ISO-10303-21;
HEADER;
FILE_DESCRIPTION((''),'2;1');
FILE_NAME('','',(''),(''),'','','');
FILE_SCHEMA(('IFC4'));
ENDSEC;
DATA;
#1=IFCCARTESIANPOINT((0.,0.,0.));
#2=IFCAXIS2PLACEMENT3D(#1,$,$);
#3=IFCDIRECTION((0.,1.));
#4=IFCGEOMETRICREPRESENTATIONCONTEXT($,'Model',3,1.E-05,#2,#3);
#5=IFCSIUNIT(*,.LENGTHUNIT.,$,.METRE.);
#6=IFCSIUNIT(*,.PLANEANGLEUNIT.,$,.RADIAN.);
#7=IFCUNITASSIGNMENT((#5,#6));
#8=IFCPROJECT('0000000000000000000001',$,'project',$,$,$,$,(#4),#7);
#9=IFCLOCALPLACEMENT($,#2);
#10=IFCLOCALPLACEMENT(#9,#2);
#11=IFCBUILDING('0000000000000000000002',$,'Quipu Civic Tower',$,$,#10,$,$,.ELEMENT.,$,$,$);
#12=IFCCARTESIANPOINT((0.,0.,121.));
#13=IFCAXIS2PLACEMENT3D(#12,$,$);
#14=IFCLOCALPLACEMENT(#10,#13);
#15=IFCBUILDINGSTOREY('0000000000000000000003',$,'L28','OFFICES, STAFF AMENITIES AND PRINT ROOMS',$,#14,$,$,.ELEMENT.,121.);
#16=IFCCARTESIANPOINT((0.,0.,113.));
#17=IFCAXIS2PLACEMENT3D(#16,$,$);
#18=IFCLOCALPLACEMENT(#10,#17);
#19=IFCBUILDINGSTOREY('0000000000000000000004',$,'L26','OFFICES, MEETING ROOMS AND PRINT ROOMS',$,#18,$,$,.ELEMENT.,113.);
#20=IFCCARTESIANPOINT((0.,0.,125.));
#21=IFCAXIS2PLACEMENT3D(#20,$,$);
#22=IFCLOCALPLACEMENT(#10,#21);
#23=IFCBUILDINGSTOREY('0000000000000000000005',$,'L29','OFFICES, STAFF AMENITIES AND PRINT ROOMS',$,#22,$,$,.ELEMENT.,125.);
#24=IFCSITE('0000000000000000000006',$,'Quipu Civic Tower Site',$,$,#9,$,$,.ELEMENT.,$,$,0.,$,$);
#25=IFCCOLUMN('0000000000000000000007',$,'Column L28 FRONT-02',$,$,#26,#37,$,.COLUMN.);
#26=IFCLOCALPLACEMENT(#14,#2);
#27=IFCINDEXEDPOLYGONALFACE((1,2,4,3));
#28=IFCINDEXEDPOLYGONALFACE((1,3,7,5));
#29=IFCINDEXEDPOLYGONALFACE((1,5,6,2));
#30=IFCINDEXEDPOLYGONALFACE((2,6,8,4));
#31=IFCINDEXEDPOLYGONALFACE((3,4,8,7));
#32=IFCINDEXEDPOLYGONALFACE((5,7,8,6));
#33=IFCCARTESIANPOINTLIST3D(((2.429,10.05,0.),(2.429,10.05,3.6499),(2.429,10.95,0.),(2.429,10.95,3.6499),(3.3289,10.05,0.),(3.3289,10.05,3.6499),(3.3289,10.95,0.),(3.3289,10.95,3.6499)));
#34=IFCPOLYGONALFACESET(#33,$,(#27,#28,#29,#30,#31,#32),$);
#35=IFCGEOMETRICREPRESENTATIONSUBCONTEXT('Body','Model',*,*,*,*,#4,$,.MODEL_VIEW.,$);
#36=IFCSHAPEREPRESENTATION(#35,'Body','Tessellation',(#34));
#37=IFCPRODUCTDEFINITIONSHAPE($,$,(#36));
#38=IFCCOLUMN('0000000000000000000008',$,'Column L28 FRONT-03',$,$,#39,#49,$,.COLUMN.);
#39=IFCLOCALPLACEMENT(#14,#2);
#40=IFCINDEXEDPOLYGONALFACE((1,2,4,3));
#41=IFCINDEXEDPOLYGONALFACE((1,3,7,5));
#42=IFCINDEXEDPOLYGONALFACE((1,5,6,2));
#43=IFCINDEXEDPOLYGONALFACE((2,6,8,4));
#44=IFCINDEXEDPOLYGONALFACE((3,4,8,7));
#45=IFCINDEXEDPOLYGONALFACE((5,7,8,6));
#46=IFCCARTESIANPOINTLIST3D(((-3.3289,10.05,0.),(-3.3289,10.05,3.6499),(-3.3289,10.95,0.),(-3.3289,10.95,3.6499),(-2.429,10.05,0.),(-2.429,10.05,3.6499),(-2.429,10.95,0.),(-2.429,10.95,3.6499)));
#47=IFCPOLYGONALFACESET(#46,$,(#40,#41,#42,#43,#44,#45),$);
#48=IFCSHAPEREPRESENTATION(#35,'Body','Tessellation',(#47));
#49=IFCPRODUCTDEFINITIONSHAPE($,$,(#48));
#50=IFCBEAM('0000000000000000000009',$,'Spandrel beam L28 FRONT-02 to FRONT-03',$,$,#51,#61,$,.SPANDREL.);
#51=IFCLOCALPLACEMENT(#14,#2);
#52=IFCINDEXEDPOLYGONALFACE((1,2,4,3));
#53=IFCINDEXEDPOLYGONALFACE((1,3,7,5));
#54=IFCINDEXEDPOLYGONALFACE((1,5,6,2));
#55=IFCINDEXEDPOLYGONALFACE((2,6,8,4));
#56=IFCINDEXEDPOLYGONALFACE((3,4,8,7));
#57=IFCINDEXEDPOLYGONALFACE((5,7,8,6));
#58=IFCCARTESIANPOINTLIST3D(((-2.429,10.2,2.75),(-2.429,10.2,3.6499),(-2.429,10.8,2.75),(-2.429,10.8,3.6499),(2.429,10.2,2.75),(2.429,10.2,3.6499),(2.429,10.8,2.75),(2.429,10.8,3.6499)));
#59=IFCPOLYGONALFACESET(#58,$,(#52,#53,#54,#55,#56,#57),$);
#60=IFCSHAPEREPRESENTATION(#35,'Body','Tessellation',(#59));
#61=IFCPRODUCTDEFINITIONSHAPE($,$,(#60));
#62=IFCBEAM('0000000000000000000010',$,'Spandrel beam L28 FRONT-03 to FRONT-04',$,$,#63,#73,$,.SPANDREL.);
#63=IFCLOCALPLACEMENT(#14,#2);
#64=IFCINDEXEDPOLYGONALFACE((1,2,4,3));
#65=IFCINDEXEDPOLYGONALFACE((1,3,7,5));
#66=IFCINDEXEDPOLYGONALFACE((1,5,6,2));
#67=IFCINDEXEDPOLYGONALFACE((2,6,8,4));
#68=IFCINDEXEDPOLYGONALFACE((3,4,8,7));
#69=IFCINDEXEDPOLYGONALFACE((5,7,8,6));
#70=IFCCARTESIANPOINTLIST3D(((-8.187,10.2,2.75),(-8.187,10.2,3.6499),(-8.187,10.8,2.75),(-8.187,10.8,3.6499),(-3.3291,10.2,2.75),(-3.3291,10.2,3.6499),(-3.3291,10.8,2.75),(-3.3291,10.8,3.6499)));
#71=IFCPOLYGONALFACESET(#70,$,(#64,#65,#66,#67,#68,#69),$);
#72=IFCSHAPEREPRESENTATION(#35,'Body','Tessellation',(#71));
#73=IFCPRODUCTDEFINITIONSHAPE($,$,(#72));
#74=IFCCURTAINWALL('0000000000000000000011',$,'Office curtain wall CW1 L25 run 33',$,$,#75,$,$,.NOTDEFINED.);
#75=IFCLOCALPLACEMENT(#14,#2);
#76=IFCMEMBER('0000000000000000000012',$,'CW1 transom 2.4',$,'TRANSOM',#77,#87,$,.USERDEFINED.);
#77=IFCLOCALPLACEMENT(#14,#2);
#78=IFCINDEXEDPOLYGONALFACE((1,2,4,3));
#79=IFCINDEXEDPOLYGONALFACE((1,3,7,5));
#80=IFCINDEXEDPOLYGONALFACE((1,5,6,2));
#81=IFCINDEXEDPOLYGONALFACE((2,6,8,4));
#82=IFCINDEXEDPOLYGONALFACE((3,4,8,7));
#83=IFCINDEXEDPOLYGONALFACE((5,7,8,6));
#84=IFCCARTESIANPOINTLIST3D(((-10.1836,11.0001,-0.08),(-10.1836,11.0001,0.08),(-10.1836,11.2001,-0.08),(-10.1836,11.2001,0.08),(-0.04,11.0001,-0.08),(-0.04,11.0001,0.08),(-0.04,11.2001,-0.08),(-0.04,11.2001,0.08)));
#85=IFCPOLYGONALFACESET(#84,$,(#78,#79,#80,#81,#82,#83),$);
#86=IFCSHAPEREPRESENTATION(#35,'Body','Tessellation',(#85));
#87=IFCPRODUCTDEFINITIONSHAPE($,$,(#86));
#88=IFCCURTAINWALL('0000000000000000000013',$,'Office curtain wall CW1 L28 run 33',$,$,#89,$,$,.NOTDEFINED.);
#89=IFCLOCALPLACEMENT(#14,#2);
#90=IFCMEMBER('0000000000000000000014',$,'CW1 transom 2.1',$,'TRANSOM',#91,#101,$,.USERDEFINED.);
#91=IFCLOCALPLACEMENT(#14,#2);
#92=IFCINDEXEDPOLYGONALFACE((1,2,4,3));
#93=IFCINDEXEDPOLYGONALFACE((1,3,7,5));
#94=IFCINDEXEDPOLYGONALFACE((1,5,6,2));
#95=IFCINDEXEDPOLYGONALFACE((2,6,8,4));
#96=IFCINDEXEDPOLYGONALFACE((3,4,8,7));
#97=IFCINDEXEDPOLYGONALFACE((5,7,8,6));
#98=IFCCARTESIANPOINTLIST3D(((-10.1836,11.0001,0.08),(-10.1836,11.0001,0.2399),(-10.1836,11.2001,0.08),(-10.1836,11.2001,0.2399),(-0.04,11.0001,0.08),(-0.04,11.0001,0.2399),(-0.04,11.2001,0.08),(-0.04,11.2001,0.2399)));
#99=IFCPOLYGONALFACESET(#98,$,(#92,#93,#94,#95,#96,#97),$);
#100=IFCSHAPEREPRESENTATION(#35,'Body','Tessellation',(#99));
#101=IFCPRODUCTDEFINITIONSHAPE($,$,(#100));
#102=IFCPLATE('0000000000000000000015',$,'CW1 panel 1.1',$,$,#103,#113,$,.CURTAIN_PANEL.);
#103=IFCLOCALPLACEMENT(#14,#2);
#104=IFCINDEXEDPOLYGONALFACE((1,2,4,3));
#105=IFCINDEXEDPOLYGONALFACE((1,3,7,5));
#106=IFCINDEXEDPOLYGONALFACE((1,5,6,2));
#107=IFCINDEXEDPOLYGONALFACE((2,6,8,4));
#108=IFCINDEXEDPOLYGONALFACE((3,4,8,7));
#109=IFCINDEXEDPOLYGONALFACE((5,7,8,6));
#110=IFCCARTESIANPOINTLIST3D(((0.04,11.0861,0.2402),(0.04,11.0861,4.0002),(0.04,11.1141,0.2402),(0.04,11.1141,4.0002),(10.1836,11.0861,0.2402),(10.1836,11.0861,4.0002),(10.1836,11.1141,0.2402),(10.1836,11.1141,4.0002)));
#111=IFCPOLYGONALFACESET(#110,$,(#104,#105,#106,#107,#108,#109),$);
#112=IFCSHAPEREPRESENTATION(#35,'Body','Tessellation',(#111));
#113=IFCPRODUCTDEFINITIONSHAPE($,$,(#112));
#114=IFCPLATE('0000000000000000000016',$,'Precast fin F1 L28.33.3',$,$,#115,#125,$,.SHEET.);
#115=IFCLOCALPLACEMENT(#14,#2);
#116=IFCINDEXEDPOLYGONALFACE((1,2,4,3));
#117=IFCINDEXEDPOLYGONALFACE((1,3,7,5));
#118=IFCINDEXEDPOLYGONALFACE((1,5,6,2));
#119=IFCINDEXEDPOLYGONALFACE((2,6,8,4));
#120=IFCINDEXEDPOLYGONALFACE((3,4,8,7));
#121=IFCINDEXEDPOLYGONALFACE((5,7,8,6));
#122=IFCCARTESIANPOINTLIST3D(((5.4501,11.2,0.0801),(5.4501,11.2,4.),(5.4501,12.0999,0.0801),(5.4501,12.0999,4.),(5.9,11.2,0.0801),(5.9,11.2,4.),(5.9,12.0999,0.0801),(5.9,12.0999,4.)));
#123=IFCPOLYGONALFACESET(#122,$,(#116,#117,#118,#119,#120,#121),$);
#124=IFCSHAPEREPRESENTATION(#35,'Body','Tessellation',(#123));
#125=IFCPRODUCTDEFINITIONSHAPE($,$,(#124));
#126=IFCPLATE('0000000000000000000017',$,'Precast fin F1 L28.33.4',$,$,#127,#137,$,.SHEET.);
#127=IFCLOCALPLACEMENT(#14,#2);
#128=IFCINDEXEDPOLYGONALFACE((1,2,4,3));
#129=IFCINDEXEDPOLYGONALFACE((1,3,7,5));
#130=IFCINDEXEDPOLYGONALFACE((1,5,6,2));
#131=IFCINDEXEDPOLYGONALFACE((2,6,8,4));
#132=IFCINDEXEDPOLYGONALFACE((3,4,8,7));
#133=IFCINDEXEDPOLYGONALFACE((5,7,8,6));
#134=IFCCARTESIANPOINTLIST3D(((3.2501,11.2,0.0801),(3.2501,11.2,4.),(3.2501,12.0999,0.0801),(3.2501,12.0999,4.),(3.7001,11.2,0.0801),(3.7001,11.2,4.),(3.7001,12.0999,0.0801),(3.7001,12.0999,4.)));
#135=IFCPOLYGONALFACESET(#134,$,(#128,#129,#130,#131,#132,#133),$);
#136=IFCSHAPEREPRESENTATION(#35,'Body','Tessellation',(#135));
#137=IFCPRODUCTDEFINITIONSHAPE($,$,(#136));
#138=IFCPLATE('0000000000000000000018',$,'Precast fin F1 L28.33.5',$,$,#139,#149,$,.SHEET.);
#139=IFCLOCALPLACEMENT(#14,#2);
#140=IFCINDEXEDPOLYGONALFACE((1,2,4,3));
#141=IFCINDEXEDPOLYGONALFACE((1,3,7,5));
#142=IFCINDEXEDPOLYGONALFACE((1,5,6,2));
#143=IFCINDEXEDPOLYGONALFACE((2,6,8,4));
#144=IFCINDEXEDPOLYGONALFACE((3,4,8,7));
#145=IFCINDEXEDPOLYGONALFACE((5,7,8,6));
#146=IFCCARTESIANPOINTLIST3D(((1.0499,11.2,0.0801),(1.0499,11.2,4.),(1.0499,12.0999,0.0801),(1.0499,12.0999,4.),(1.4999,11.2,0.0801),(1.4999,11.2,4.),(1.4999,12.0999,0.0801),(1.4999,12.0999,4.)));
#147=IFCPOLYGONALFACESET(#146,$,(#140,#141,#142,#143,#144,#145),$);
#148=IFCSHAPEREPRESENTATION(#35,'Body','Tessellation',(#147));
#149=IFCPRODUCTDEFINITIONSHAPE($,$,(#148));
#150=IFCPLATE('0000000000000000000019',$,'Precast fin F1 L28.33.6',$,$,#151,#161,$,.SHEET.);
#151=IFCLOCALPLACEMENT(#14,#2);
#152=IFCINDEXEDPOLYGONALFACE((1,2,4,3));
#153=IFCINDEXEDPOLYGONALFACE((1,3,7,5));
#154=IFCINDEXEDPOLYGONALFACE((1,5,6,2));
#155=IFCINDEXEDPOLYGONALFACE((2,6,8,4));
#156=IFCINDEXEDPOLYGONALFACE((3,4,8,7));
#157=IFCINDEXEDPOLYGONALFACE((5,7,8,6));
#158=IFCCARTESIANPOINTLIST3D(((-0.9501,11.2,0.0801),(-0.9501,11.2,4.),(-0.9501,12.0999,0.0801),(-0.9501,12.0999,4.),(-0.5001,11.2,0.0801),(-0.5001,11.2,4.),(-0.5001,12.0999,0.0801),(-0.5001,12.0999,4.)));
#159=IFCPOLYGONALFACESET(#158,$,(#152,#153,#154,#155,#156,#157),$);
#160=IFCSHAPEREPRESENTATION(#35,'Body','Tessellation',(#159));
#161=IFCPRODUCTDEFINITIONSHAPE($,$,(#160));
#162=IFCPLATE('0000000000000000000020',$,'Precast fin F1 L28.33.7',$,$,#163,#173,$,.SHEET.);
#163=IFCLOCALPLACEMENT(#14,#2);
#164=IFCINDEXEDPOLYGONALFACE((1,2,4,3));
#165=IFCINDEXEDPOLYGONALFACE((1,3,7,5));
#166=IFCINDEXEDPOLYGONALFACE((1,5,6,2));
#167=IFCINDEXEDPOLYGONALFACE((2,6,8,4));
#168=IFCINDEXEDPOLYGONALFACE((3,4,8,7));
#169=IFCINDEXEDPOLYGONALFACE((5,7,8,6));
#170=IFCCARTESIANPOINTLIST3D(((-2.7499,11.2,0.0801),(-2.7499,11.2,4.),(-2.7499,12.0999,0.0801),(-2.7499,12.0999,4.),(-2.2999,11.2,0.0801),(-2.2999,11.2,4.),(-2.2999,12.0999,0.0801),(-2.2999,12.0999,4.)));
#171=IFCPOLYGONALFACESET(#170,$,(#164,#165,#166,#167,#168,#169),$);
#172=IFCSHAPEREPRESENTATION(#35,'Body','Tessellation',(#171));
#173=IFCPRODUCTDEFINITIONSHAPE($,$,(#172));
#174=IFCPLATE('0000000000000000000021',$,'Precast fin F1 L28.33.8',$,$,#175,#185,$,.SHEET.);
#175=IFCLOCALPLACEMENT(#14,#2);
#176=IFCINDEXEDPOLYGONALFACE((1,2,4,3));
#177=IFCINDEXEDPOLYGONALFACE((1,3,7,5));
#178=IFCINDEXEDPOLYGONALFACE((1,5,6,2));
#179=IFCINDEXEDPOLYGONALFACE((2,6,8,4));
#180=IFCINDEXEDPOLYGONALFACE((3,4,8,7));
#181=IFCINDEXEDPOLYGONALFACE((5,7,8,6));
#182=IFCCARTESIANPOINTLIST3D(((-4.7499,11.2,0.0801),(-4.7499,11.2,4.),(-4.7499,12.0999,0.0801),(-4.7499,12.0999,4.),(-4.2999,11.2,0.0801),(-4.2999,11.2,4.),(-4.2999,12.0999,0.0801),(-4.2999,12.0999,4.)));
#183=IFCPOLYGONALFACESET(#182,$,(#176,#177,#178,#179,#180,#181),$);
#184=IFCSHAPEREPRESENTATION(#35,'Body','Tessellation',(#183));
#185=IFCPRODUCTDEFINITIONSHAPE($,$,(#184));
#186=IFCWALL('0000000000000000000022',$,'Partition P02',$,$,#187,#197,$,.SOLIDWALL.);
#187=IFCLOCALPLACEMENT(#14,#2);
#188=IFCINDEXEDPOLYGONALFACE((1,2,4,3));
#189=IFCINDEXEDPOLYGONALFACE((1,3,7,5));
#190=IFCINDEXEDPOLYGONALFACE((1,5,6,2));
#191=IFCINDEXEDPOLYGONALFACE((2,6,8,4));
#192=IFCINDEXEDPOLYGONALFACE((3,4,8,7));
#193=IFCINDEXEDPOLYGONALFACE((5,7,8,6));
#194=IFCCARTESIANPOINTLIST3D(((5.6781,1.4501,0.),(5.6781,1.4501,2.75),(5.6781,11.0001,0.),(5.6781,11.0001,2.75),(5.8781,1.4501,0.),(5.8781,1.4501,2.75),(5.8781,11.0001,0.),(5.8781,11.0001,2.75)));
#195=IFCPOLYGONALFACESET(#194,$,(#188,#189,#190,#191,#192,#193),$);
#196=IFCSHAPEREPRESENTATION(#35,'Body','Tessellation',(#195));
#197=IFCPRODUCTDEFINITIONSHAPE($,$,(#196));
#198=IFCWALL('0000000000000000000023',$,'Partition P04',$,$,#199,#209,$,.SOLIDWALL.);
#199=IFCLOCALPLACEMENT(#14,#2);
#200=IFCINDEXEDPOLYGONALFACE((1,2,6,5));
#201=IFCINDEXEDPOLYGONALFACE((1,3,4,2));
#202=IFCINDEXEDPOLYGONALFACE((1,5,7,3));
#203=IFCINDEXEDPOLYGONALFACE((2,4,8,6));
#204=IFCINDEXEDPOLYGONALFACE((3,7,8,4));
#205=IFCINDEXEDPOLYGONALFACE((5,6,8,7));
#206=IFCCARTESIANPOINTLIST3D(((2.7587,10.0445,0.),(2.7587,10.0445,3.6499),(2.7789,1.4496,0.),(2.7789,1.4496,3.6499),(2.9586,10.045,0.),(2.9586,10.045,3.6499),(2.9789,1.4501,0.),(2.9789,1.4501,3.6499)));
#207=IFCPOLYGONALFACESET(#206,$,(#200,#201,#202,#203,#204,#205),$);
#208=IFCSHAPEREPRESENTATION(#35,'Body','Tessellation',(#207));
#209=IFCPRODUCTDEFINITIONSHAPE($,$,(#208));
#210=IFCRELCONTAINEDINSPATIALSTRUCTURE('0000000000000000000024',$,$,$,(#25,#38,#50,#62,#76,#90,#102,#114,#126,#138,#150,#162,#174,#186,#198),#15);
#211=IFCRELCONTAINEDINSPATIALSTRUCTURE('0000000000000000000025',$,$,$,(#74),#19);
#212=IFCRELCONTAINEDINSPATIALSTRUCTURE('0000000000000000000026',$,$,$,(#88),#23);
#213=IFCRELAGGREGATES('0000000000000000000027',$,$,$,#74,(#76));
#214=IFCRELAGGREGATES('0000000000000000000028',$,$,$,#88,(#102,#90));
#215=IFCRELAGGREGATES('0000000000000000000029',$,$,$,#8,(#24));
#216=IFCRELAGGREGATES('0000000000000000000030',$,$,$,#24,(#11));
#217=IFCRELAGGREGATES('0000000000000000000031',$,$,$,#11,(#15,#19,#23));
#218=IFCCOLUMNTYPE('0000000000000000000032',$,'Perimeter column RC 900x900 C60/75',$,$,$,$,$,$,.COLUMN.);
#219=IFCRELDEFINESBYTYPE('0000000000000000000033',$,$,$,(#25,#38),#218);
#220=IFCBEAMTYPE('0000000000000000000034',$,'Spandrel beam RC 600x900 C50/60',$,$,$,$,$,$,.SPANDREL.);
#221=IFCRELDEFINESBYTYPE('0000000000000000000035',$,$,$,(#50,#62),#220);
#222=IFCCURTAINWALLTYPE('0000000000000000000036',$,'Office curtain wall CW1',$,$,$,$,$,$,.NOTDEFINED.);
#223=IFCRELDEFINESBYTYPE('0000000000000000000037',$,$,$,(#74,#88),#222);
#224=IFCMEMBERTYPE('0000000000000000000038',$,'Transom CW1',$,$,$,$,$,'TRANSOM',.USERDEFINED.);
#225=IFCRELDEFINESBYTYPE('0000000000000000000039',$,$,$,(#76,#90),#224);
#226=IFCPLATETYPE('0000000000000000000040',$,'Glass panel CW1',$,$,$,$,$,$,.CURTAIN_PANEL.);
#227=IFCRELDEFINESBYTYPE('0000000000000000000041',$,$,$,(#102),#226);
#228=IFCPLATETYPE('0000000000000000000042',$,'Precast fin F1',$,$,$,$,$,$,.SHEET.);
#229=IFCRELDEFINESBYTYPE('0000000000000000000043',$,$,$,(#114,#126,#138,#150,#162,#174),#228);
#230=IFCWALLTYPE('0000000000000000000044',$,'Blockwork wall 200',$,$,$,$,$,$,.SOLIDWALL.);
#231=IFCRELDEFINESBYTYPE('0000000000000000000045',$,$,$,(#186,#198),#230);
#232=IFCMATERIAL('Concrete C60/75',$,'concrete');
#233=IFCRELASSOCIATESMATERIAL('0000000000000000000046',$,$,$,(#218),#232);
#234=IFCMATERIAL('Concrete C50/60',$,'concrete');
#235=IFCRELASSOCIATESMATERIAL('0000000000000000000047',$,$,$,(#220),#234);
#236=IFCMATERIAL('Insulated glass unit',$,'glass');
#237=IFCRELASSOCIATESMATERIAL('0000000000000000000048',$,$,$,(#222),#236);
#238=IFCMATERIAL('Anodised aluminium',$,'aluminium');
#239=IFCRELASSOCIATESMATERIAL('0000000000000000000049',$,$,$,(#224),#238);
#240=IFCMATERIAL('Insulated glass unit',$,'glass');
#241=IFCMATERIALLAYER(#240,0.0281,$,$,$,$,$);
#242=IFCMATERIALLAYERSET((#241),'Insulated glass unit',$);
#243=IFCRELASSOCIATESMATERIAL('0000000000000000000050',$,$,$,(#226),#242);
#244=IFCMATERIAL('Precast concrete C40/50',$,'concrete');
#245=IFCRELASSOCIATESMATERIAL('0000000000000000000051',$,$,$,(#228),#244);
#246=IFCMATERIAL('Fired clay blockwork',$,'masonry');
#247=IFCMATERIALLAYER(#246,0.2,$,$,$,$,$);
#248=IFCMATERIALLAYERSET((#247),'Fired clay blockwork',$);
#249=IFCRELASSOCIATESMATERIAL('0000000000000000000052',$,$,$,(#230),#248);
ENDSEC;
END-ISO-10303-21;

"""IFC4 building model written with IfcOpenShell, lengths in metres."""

from ifc_helpers import new_model, si_unit, direction, frame, frame_2d, origin, origin_2d, place, context, subcontext, project, spatial, rectangle, extrude, material, layer, layer_set, material_profile, profile_set, type_object, element, aggregate, save


model = new_model("IFC4")

# Units and contexts
model_context = context("Model", 3, precision=1e-05, world=origin(), true_north=direction((0.0, 1.0)))
body_context = subcontext(model_context, "Body", "Model", "MODEL_VIEW")
ifc_project = project(units=[si_unit("LENGTHUNIT", "METRE"), si_unit("PLANEANGLEUNIT", "RADIAN")], contexts=[model_context])

# Site, building, storey
site_placement = place(None, origin())
site = spatial("IfcSite", under=ifc_project, at=site_placement, Name="Quipu Civic Tower Site", CompositionType="ELEMENT", RefElevation=0.0)
building_placement = place(site_placement, origin())
building = spatial("IfcBuilding", under=site, at=building_placement, Name="Quipu Civic Tower", CompositionType="ELEMENT")
storey_1_placement = place(building_placement, frame((0.0, 0.0, 121.0)))
storey_1 = spatial("IfcBuildingStorey", under=building, at=storey_1_placement, Name="L28", Description="OFFICES, STAFF AMENITIES AND PRINT ROOMS", CompositionType="ELEMENT", Elevation=121.0)

# Columns
ifc_material_1 = material(Name="Concrete C60/75", Category="concrete")
ifc_material_profile_1 = material_profile(ifc_material_1, rectangle(XDim=0.8999, YDim=0.8999, at=origin_2d()), Name="RC900x900")
ifc_profile_set_1 = profile_set([ifc_material_profile_1], Name="Concrete C60/75")
column_type = type_object("IfcColumnType", Name="Perimeter column RC 900x900 C60/75", PredefinedType="COLUMN", material=ifc_profile_set_1)
for number, where, z_axis, x_axis, name in (
    (1, (2.8789, 10.5, 0.0), (0.0, 0.0, 1.0), (-1.0, 0.0, 0.0), "Column L28 FRONT-02"),
    (2, (-2.8789, 10.5, 0.0), (0.0, 0.0, 1.0), (-1.0, 0.0, 0.0), "Column L28 FRONT-03"),
):
    element("IfcColumn", number, at=place(storey_1_placement, frame(where, z_axis=z_axis, x_axis=x_axis)), inside=storey_1, type_object=column_type, Name=name, PredefinedType="COLUMN", context=body_context, shape_type="SweptSolid", body=[
        extrude(rectangle(XDim=0.8999, YDim=0.8999, at=origin_2d()), origin(), (0.0, 0.0, 1.0), 3.6499),
    ])

# Beams
ifc_material_2 = material(Name="Concrete C50/60", Category="concrete")
ifc_material_profile_2 = material_profile(ifc_material_2, rectangle(XDim=0.6001, YDim=0.8999, at=origin_2d()), Name="RC600x900")
ifc_profile_set_2 = profile_set([ifc_material_profile_2], Name="Concrete C50/60")
beam_type = type_object("IfcBeamType", Name="Spandrel beam RC 600x900 C50/60", PredefinedType="SPANDREL", material=ifc_profile_set_2)
for number, where, z_axis, x_axis, name in (
    (3, (2.429, 10.5, 3.2), (-1.0, 0.0, 0.0), (0.0, -1.0, 0.0), "Spandrel beam L28 FRONT-02 to FRONT-03"),
    (4, (-3.3291, 10.5, 3.2), (-1.0, 0.0, 0.0), (0.0, -1.0, 0.0), "Spandrel beam L28 FRONT-03 to FRONT-04"),
):
    element("IfcBeam", number, at=place(storey_1_placement, frame(where, z_axis=z_axis, x_axis=x_axis)), inside=storey_1, type_object=beam_type, Name=name, PredefinedType="SPANDREL", context=body_context, shape_type="SweptSolid", body=[
        extrude(rectangle(XDim=0.6001, YDim=0.8999, at=origin_2d()), origin(), (0.0, 0.0, 1.0), 4.8579),
    ])

# Shared definitions
storey_2_placement = place(building_placement, frame((0.0, 0.0, 113.0)))
storey_2 = spatial("IfcBuildingStorey", under=building, at=storey_2_placement, Name="L26", Description="OFFICES, MEETING ROOMS AND PRINT ROOMS", CompositionType="ELEMENT", Elevation=113.0)

# Curtain wall, member
ifc_material_3 = material(Name="Insulated glass unit", Category="glass")
curtain_wall_type = type_object("IfcCurtainWallType", Name="Office curtain wall CW1", PredefinedType="NOTDEFINED", material=ifc_material_3)
curtain_wall_1_placement = place(storey_2_placement, origin())
curtain_wall_1 = element("IfcCurtainWall", 5, at=curtain_wall_1_placement, inside=storey_2, type_object=curtain_wall_type, Name="Office curtain wall CW1 L25 run 33", PredefinedType="NOTDEFINED")
ifc_material_4 = material(Name="Anodised aluminium", Category="aluminium")
ifc_material_profile_3 = material_profile(ifc_material_4, rectangle(XDim=0.2, YDim=0.1599, at=origin_2d()), Name="RECT 200x160")
ifc_profile_set_3 = profile_set([ifc_material_profile_3], Name="Anodised aluminium")
member_type = type_object("IfcMemberType", Name="Transom CW1", ElementType="TRANSOM", PredefinedType="USERDEFINED", material=ifc_profile_set_3)
member_1_placement = place(storey_1_placement, frame((-0.04, 11.1001, 0.0), z_axis=(-1.0, 0.0, 0.0), x_axis=(0.0, -1.0, 0.0)))
member_1 = element("IfcMember", 6, at=member_1_placement, inside=storey_1, type_object=member_type, Name="CW1 transom 2.4", ObjectType="TRANSOM", PredefinedType="USERDEFINED", context=body_context, shape_type="SweptSolid", body=[
    extrude(rectangle(XDim=0.2, YDim=0.1599, at=origin_2d()), origin(), (0.0, 0.0, 1.0), 10.1436),
])
aggregate(curtain_wall_1, [member_1])

# Shared definitions
storey_3_placement = place(building_placement, frame((0.0, 0.0, 125.0)))
storey_3 = spatial("IfcBuildingStorey", under=building, at=storey_3_placement, Name="L29", Description="OFFICES, STAFF AMENITIES AND PRINT ROOMS", CompositionType="ELEMENT", Elevation=125.0)

# Curtain wall, member, plate
curtain_wall_2_placement = place(storey_3_placement, origin())
curtain_wall_2 = element("IfcCurtainWall", 7, at=curtain_wall_2_placement, inside=storey_3, type_object=curtain_wall_type, Name="Office curtain wall CW1 L28 run 33", PredefinedType="NOTDEFINED")
member_2_placement = place(storey_1_placement, frame((-0.04, 11.1001, 0.1599), z_axis=(-1.0, 0.0, 0.0), x_axis=(0.0, -1.0, 0.0)))
member_2 = element("IfcMember", 8, at=member_2_placement, inside=storey_1, type_object=member_type, Name="CW1 transom 2.1", ObjectType="TRANSOM", PredefinedType="USERDEFINED", context=body_context, shape_type="SweptSolid", body=[
    extrude(rectangle(XDim=0.2, YDim=0.1599, at=origin_2d()), origin(), (0.0, 0.0, 1.0), 10.1436),
])
ifc_material_5 = material(Name="Insulated glass unit", Category="glass")
ifc_layer_1 = layer(ifc_material_5, 0.0281)
ifc_layer_set_1 = layer_set([ifc_layer_1], Name="Insulated glass unit")
plate_type_1 = type_object("IfcPlateType", Name="Glass panel CW1", PredefinedType="CURTAIN_PANEL", material=ifc_layer_set_1)
plate_placement = place(storey_1_placement, frame((5.1118, 11.1001, 0.2402), z_axis=(0.0, 0.0, 1.0), x_axis=(-1.0, 0.0, 0.0)))
plate = element("IfcPlate", 9, at=plate_placement, inside=storey_1, type_object=plate_type_1, Name="CW1 panel 1.1", PredefinedType="CURTAIN_PANEL", context=body_context, shape_type="SweptSolid", body=[
    extrude(rectangle(XDim=10.1436, YDim=0.0281, at=origin_2d()), origin(), (0.0, 0.0, 1.0), 3.76),
])
aggregate(curtain_wall_2, [plate, member_2])

# Plates
ifc_material_6 = material(Name="Precast concrete C40/50", Category="concrete")
plate_type_2 = type_object("IfcPlateType", Name="Precast fin F1", PredefinedType="SHEET", material=ifc_material_6)
for number, where, z_axis, x_axis, name in (
    (10, (5.675, 11.6499, 0.0801), (0.0, 0.0, 1.0), (-1.0, 0.0, 0.0), "Precast fin F1 L28.33.3"),
    (11, (3.4751, 11.6499, 0.0801), (0.0, 0.0, 1.0), (-1.0, 0.0, 0.0), "Precast fin F1 L28.33.4"),
    (12, (1.2749, 11.6499, 0.0801), (0.0, 0.0, 1.0), (-1.0, 0.0, 0.0), "Precast fin F1 L28.33.5"),
    (13, (-0.7251, 11.6499, 0.0801), (0.0, 0.0, 1.0), (-1.0, 0.0, 0.0), "Precast fin F1 L28.33.6"),
    (14, (-2.5249, 11.6499, 0.0801), (0.0, 0.0, 1.0), (-1.0, 0.0, 0.0), "Precast fin F1 L28.33.7"),
    (15, (-4.5249, 11.6499, 0.0801), (0.0, 0.0, 1.0), (-1.0, 0.0, 0.0), "Precast fin F1 L28.33.8"),
):
    element("IfcPlate", number, at=place(storey_1_placement, frame(where, z_axis=z_axis, x_axis=x_axis)), inside=storey_1, type_object=plate_type_2, Name=name, PredefinedType="SHEET", context=body_context, shape_type="SweptSolid", body=[
        extrude(rectangle(XDim=0.45, YDim=0.8999, at=origin_2d()), origin(), (0.0, 0.0, 1.0), 3.9199),
    ])

# Walls
ifc_material_7 = material(Name="Fired clay blockwork", Category="masonry")
ifc_layer_2 = layer(ifc_material_7, 0.2)
ifc_layer_set_2 = layer_set([ifc_layer_2], Name="Fired clay blockwork")
wall_type_1 = type_object("IfcWallType", Name="Blockwork wall 200", PredefinedType="SOLIDWALL", material=ifc_layer_set_2)
wall_1_placement = place(storey_1_placement, frame((5.7781, 11.0, 0.0), z_axis=(0.0, 0.0, 1.0), x_axis=(0.0, -1.0, 0.0)))
element("IfcWall", 16, at=wall_1_placement, inside=storey_1, type_object=wall_type_1, Name="Partition P02", PredefinedType="SOLIDWALL", context=body_context, shape_type="SweptSolid", body=[
    extrude(rectangle(XDim=9.55, YDim=0.2, at=frame_2d((4.7749, 0.0))), origin(), (0.0, 0.0, 1.0), 2.75),
])
wall_2_placement = place(storey_1_placement, frame((2.8789, 1.45, 0.0), z_axis=(0.0, 0.0, 1.0), x_axis=(-0.002358, 0.999997, 0.0)))
element("IfcWall", 17, at=wall_2_placement, inside=storey_1, type_object=wall_type_1, Name="Partition P04", PredefinedType="SOLIDWALL", context=body_context, shape_type="SweptSolid", body=[
    extrude(rectangle(XDim=8.595, YDim=0.2, at=frame_2d((4.2974, 0.0))), origin(), (0.0, 0.0, 1.0), 3.6499),
])

save(model, "model.ifc")
